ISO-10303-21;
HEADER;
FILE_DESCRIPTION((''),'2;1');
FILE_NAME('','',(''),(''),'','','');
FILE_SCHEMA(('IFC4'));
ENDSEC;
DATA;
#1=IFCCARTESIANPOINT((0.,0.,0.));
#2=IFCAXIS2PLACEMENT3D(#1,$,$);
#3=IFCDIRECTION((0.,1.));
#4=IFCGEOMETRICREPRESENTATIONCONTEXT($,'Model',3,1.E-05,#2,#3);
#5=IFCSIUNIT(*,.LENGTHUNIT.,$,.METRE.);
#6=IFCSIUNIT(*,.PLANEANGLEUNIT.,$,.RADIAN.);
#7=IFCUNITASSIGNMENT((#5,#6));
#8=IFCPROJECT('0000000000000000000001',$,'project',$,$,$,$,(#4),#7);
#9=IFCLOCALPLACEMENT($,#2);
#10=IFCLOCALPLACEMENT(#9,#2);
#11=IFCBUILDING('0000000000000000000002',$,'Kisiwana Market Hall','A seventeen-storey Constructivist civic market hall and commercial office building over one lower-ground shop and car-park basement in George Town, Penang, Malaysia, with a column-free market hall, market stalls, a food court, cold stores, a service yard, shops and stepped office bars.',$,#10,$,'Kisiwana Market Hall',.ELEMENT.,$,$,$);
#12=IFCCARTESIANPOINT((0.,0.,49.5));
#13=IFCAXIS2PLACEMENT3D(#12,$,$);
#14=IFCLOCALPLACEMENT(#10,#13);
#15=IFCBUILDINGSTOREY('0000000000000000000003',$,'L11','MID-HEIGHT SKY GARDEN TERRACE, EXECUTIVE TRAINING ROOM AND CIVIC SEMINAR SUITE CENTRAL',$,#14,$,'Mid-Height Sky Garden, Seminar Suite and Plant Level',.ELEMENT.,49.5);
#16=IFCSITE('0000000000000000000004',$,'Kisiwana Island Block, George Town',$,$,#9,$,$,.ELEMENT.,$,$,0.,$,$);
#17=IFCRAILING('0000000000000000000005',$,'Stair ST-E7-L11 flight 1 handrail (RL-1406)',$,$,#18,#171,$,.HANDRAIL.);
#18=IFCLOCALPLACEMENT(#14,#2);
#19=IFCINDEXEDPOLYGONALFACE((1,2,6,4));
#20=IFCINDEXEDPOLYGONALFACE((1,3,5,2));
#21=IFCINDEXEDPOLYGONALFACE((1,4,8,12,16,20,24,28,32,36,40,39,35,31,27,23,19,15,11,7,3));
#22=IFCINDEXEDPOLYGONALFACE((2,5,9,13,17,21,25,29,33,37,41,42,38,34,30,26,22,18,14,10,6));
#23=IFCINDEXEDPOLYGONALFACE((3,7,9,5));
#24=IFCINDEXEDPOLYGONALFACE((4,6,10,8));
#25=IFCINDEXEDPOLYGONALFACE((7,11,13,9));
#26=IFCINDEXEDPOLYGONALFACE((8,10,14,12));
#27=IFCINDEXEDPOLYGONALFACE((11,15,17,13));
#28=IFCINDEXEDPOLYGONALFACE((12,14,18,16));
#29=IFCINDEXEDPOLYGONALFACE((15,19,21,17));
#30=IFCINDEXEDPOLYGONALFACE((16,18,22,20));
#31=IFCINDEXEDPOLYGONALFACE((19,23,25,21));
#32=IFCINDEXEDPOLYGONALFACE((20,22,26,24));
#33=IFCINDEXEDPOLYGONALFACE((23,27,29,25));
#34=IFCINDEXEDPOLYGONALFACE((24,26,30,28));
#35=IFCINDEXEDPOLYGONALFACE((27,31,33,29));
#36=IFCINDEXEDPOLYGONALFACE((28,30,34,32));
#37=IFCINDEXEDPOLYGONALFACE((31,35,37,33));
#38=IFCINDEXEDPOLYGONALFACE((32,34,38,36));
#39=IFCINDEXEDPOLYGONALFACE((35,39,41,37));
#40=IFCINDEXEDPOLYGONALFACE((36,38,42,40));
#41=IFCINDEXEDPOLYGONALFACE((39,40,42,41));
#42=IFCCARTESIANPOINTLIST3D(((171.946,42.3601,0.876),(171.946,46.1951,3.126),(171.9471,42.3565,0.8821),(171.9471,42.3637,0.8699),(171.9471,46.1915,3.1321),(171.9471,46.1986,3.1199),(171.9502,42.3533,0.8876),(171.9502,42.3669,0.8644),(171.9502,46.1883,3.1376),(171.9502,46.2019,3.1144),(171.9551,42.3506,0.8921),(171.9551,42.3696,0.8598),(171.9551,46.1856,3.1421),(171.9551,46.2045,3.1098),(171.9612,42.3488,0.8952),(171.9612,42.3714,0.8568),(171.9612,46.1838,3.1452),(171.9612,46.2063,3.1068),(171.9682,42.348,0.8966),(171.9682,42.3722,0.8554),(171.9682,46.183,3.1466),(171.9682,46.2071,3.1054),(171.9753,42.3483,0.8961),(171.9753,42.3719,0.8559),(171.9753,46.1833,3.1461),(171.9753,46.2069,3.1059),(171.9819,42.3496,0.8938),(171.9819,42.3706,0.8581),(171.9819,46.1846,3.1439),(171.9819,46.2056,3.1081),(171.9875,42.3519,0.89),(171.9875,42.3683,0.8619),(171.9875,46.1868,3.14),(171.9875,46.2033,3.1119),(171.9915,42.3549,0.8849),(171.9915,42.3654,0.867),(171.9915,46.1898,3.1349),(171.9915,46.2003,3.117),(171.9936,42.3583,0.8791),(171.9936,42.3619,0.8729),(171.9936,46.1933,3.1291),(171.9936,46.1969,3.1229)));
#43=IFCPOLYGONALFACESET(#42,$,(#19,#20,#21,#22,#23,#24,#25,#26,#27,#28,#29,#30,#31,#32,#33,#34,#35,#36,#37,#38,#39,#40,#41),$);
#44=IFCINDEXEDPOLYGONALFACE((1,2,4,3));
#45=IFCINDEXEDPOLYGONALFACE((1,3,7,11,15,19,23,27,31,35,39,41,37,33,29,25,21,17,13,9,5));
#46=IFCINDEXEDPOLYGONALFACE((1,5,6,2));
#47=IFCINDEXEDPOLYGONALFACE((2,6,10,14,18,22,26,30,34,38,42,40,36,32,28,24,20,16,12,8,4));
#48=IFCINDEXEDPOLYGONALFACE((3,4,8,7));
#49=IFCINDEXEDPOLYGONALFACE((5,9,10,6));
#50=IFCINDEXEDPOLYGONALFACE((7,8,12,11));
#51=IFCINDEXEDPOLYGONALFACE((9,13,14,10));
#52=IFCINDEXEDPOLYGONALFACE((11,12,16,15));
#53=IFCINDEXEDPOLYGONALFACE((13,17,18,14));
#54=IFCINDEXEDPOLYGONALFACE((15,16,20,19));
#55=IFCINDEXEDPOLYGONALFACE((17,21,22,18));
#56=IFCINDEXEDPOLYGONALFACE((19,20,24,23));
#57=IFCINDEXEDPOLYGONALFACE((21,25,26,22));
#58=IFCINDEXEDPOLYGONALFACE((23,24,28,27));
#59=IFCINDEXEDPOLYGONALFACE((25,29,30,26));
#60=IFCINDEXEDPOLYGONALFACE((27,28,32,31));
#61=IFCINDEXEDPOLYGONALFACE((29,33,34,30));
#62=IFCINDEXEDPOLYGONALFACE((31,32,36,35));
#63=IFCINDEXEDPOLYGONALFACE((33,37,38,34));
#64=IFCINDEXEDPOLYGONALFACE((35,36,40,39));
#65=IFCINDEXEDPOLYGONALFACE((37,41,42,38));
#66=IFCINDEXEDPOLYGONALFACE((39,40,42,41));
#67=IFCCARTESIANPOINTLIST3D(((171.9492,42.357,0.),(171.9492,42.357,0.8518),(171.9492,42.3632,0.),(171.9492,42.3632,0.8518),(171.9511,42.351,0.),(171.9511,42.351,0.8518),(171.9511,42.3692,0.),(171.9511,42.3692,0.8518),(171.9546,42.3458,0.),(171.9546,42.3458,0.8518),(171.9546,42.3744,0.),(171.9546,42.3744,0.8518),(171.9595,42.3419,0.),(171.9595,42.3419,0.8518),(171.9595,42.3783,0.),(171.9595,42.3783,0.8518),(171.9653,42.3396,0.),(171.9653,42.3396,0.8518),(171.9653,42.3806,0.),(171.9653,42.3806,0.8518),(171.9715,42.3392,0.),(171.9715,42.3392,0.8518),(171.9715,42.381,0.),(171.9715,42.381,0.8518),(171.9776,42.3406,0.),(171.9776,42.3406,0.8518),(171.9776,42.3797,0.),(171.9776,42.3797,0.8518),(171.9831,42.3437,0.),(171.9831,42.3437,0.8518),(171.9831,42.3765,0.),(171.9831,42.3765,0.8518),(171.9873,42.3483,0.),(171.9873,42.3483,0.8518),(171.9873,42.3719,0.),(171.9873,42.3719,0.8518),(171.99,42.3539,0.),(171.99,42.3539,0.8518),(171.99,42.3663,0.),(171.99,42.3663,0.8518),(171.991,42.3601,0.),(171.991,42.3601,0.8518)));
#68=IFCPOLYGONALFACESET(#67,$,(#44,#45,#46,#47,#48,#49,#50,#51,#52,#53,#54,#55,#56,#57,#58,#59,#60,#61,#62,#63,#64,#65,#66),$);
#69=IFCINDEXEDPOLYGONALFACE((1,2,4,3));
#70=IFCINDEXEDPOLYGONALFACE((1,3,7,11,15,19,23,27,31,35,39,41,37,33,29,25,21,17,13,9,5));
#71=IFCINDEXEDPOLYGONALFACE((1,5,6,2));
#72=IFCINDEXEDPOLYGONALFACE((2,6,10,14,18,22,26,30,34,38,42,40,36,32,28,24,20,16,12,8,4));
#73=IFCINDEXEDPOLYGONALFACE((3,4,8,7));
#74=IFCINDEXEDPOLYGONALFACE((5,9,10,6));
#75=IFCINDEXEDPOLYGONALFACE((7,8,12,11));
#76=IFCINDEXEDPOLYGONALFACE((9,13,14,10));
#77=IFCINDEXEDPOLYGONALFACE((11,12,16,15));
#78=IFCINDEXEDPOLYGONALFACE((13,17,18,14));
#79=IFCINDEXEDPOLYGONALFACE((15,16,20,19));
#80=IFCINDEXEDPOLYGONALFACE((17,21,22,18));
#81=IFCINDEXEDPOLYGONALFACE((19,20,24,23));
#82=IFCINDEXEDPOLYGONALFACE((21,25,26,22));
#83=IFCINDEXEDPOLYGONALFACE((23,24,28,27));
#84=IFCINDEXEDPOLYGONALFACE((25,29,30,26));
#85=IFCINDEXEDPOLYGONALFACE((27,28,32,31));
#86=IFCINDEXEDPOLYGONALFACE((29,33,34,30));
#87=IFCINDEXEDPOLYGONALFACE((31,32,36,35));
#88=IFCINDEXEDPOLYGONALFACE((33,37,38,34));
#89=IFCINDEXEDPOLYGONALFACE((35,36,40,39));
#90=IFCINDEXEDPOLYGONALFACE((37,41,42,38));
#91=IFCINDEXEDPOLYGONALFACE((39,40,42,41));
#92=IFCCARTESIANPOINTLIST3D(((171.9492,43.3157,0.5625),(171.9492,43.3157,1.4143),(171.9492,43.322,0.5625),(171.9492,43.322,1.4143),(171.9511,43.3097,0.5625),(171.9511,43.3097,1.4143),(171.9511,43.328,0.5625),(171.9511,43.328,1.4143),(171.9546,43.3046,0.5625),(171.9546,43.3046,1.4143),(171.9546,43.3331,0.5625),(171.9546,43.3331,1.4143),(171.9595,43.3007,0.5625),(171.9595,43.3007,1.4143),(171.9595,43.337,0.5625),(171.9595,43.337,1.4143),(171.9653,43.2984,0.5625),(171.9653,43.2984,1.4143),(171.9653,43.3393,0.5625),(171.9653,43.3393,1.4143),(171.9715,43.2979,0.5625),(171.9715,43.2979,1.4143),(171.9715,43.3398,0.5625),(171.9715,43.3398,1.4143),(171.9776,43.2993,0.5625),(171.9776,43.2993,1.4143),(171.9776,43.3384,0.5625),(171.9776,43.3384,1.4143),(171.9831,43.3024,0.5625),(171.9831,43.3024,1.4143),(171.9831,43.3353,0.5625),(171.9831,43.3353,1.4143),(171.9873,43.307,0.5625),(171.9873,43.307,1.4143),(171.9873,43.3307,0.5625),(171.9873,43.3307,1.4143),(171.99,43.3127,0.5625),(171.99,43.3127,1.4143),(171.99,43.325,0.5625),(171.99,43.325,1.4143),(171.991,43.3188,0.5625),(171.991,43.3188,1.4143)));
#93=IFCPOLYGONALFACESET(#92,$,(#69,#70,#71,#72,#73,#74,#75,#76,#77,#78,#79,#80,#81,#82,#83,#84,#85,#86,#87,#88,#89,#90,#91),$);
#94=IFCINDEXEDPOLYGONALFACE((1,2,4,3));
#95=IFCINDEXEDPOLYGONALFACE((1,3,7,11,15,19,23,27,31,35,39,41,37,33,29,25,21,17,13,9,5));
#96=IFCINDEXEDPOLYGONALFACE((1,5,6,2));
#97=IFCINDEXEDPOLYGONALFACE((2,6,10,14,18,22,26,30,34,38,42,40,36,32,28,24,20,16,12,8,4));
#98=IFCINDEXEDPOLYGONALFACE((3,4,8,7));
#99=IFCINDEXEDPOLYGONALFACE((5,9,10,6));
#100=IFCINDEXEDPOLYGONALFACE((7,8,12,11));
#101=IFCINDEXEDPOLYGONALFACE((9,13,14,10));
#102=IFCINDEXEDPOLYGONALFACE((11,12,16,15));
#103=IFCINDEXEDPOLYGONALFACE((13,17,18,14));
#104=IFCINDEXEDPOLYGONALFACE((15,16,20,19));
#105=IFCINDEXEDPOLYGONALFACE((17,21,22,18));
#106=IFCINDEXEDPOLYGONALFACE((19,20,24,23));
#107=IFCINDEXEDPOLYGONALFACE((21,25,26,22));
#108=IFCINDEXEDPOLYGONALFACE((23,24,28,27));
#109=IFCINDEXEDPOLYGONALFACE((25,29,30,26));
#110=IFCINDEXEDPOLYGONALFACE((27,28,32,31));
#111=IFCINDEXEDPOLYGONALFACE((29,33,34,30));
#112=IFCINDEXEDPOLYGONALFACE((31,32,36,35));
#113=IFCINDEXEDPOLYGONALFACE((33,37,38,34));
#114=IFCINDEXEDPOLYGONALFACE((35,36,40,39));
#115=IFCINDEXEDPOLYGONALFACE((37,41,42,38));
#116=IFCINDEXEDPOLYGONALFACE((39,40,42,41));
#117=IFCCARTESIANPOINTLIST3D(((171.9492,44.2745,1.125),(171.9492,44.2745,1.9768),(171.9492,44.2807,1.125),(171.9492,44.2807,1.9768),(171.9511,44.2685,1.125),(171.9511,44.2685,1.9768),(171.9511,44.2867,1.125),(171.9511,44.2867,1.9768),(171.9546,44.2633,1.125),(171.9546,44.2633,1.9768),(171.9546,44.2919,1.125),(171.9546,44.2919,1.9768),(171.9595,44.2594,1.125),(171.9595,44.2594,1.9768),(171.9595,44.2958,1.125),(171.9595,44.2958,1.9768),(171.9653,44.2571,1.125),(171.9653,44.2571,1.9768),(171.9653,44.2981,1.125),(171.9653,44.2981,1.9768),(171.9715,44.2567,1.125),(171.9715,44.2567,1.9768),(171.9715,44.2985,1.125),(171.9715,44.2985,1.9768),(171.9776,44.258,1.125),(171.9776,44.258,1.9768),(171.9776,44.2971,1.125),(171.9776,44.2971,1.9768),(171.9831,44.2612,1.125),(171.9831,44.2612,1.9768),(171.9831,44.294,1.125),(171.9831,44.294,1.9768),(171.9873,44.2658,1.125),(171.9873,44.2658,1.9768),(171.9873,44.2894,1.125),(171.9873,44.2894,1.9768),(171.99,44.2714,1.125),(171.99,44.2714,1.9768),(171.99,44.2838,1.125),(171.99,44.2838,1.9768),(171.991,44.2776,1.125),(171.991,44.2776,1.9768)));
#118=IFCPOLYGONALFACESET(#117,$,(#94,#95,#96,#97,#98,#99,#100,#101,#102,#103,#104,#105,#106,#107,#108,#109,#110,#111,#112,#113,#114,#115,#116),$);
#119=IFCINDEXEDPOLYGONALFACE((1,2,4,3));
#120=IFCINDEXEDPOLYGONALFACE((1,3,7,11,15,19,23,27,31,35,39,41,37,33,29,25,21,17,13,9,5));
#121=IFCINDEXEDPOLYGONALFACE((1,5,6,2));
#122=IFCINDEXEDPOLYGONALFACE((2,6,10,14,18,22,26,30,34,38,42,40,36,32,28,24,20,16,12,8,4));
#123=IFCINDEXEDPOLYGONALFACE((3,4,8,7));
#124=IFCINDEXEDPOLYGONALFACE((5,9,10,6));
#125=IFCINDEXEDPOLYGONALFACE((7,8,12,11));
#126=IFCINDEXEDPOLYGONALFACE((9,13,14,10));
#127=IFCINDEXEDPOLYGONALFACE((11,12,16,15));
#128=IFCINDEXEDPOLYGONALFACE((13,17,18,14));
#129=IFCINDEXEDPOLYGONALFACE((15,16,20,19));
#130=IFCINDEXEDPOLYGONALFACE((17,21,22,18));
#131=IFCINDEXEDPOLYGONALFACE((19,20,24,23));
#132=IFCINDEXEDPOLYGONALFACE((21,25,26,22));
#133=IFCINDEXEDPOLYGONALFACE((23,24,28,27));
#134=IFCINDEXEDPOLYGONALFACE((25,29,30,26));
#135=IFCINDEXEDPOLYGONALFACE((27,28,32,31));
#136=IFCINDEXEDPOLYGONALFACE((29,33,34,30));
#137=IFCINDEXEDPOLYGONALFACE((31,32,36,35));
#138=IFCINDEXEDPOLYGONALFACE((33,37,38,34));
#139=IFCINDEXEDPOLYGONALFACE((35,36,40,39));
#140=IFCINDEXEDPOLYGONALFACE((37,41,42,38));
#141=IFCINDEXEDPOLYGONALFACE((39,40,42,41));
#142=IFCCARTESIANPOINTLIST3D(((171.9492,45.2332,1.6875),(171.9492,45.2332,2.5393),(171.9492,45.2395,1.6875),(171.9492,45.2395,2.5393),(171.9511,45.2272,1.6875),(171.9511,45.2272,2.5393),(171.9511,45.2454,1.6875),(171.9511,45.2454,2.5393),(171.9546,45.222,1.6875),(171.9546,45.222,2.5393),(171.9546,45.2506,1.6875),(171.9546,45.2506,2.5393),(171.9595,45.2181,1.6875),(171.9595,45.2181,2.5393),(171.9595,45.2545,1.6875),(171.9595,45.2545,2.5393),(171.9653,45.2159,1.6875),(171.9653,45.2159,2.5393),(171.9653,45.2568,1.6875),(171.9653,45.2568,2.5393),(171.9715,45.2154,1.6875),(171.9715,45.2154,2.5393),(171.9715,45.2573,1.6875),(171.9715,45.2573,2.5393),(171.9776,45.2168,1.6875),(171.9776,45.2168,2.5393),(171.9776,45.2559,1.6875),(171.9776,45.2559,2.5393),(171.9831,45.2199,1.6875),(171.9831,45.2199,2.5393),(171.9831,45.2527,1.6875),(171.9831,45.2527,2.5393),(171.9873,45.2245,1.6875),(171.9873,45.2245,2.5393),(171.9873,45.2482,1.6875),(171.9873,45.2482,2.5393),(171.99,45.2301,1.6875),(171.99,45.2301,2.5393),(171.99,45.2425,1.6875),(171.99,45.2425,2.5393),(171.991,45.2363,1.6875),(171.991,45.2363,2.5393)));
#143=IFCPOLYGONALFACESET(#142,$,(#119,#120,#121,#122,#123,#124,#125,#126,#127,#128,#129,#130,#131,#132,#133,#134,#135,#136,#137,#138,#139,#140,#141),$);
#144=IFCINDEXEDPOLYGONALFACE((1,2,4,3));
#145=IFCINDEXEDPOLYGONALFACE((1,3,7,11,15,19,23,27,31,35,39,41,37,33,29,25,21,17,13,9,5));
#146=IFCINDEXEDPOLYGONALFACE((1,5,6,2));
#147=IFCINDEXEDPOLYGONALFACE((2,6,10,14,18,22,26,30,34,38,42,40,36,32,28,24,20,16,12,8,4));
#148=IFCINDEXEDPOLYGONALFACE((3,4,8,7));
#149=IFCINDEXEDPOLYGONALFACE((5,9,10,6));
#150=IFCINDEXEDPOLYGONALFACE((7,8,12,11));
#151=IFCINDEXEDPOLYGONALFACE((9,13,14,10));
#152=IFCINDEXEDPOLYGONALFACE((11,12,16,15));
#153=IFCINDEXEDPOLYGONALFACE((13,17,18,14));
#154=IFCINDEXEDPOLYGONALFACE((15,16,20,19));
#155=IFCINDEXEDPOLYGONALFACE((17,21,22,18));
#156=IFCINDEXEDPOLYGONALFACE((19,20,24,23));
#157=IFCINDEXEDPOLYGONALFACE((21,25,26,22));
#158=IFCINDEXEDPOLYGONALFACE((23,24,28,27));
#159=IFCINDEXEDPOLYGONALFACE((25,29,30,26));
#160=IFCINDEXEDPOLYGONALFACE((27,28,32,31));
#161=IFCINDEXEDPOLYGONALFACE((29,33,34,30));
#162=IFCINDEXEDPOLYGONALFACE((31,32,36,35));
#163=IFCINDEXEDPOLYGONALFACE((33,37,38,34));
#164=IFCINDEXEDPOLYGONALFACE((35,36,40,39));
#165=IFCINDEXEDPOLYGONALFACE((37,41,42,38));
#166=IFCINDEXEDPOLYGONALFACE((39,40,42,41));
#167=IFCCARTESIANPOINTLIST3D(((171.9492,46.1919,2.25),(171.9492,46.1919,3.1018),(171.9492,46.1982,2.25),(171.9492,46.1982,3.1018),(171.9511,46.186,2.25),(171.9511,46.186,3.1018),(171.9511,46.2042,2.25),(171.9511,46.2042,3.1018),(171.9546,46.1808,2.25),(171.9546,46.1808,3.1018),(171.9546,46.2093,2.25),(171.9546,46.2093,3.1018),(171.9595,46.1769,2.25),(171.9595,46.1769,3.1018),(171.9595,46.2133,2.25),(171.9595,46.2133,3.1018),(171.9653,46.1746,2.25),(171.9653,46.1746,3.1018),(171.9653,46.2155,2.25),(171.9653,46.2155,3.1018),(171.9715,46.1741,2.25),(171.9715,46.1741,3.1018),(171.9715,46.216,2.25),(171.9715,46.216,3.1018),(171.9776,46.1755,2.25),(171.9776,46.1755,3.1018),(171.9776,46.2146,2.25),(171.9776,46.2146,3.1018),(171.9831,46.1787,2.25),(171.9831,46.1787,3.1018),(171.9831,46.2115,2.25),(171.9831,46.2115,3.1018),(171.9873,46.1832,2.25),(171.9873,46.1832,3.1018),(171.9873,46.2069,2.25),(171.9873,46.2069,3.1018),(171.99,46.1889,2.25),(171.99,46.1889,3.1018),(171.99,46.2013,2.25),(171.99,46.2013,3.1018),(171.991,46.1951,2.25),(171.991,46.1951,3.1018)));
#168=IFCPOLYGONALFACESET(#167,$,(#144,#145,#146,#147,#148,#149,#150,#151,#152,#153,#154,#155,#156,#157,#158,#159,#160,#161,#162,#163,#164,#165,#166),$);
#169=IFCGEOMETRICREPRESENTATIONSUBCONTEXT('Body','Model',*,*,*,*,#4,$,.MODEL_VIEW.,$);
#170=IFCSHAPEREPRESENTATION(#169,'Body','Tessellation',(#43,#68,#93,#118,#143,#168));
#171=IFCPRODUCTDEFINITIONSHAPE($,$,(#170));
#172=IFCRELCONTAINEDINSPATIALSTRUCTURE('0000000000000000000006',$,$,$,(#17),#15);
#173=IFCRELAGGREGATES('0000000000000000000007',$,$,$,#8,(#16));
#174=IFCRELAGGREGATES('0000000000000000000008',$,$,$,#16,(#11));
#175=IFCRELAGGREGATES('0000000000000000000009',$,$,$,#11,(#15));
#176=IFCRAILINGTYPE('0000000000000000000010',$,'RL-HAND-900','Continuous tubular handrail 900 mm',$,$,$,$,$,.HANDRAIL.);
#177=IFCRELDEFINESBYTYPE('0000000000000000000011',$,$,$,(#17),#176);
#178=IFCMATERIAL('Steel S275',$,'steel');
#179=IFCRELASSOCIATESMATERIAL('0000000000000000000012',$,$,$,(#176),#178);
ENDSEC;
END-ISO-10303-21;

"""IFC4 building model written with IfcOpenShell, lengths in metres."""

from ifc_helpers import new_model, si_unit, direction, frame, origin, origin_2d, place, context, subcontext, project, spatial, circle, extrude, material, type_object, element, save


model = new_model("IFC4")

# Units and contexts
model_context = context("Model", 3, precision=1e-05, world=origin(), true_north=direction((0.0, 1.0)))
body_context = subcontext(model_context, "Body", "Model", "MODEL_VIEW")
ifc_project = project(units=[si_unit("LENGTHUNIT", "METRE"), si_unit("PLANEANGLEUNIT", "RADIAN")], contexts=[model_context])

# Site, building, storey
site_placement = place(None, origin())
site = spatial("IfcSite", under=ifc_project, at=site_placement, Name="Kisiwana Island Block, George Town", CompositionType="ELEMENT", RefElevation=0.0)
building_placement = place(site_placement, origin())
building = spatial("IfcBuilding", under=site, at=building_placement, Name="Kisiwana Market Hall", Description="A seventeen-storey Constructivist civic market hall and commercial office building over one lower-ground shop and car-park basement in George Town, Penang, Malaysia, with a column-free market hall, market stalls, a food court, cold stores, a service yard, shops and stepped office bars.", LongName="Kisiwana Market Hall", CompositionType="ELEMENT")
storey_placement = place(building_placement, frame((0.0, 0.0, 49.5)))
storey = spatial("IfcBuildingStorey", under=building, at=storey_placement, Name="L11", Description="MID-HEIGHT SKY GARDEN TERRACE, EXECUTIVE TRAINING ROOM AND CIVIC SEMINAR SUITE CENTRAL", LongName="Mid-Height Sky Garden, Seminar Suite and Plant Level", CompositionType="ELEMENT", Elevation=49.5)

# Railing
ifc_material_1 = material(Name="Steel S275", Category="steel")
railing_type_1 = type_object("IfcRailingType", Name="RL-HAND-900", Description="Continuous tubular handrail 900 mm", PredefinedType="HANDRAIL", material=ifc_material_1)
railing_1_placement = place(storey_placement, frame((171.97, 42.3601, 0.0)))
element("IfcRailing", 1, at=railing_1_placement, inside=storey, type_object=railing_type_1, Name="Stair ST-E7-L11 flight 1 handrail (RL-1406)", PredefinedType="HANDRAIL", context=body_context, shape_type="SweptSolid", body=[
    extrude(circle(Radius=0.0239, at=origin_2d()), frame((0.0, 0.0, 0.876), z_axis=(0.0, 0.86251, 0.506041), x_axis=(-1.0, 0.0, 0.0)), (0.0, 0.0, 1.0), 4.4463),
    extrude(circle(Radius=0.021, at=origin_2d()), origin(), (0.0, 0.0, 1.0), 0.8518),
    extrude(circle(Radius=0.021, at=origin_2d()), frame((0.0, 0.9587, 0.5625)), (0.0, 0.0, 1.0), 0.8518),
    extrude(circle(Radius=0.021, at=origin_2d()), frame((0.0, 1.9175, 1.125)), (0.0, 0.0, 1.0), 0.8518),
    extrude(circle(Radius=0.021, at=origin_2d()), frame((0.0, 2.8762, 1.6875)), (0.0, 0.0, 1.0), 0.8518),
    extrude(circle(Radius=0.021, at=origin_2d()), frame((0.0, 3.835, 2.25)), (0.0, 0.0, 1.0), 0.8518),
])

save(model, "model.ifc")
